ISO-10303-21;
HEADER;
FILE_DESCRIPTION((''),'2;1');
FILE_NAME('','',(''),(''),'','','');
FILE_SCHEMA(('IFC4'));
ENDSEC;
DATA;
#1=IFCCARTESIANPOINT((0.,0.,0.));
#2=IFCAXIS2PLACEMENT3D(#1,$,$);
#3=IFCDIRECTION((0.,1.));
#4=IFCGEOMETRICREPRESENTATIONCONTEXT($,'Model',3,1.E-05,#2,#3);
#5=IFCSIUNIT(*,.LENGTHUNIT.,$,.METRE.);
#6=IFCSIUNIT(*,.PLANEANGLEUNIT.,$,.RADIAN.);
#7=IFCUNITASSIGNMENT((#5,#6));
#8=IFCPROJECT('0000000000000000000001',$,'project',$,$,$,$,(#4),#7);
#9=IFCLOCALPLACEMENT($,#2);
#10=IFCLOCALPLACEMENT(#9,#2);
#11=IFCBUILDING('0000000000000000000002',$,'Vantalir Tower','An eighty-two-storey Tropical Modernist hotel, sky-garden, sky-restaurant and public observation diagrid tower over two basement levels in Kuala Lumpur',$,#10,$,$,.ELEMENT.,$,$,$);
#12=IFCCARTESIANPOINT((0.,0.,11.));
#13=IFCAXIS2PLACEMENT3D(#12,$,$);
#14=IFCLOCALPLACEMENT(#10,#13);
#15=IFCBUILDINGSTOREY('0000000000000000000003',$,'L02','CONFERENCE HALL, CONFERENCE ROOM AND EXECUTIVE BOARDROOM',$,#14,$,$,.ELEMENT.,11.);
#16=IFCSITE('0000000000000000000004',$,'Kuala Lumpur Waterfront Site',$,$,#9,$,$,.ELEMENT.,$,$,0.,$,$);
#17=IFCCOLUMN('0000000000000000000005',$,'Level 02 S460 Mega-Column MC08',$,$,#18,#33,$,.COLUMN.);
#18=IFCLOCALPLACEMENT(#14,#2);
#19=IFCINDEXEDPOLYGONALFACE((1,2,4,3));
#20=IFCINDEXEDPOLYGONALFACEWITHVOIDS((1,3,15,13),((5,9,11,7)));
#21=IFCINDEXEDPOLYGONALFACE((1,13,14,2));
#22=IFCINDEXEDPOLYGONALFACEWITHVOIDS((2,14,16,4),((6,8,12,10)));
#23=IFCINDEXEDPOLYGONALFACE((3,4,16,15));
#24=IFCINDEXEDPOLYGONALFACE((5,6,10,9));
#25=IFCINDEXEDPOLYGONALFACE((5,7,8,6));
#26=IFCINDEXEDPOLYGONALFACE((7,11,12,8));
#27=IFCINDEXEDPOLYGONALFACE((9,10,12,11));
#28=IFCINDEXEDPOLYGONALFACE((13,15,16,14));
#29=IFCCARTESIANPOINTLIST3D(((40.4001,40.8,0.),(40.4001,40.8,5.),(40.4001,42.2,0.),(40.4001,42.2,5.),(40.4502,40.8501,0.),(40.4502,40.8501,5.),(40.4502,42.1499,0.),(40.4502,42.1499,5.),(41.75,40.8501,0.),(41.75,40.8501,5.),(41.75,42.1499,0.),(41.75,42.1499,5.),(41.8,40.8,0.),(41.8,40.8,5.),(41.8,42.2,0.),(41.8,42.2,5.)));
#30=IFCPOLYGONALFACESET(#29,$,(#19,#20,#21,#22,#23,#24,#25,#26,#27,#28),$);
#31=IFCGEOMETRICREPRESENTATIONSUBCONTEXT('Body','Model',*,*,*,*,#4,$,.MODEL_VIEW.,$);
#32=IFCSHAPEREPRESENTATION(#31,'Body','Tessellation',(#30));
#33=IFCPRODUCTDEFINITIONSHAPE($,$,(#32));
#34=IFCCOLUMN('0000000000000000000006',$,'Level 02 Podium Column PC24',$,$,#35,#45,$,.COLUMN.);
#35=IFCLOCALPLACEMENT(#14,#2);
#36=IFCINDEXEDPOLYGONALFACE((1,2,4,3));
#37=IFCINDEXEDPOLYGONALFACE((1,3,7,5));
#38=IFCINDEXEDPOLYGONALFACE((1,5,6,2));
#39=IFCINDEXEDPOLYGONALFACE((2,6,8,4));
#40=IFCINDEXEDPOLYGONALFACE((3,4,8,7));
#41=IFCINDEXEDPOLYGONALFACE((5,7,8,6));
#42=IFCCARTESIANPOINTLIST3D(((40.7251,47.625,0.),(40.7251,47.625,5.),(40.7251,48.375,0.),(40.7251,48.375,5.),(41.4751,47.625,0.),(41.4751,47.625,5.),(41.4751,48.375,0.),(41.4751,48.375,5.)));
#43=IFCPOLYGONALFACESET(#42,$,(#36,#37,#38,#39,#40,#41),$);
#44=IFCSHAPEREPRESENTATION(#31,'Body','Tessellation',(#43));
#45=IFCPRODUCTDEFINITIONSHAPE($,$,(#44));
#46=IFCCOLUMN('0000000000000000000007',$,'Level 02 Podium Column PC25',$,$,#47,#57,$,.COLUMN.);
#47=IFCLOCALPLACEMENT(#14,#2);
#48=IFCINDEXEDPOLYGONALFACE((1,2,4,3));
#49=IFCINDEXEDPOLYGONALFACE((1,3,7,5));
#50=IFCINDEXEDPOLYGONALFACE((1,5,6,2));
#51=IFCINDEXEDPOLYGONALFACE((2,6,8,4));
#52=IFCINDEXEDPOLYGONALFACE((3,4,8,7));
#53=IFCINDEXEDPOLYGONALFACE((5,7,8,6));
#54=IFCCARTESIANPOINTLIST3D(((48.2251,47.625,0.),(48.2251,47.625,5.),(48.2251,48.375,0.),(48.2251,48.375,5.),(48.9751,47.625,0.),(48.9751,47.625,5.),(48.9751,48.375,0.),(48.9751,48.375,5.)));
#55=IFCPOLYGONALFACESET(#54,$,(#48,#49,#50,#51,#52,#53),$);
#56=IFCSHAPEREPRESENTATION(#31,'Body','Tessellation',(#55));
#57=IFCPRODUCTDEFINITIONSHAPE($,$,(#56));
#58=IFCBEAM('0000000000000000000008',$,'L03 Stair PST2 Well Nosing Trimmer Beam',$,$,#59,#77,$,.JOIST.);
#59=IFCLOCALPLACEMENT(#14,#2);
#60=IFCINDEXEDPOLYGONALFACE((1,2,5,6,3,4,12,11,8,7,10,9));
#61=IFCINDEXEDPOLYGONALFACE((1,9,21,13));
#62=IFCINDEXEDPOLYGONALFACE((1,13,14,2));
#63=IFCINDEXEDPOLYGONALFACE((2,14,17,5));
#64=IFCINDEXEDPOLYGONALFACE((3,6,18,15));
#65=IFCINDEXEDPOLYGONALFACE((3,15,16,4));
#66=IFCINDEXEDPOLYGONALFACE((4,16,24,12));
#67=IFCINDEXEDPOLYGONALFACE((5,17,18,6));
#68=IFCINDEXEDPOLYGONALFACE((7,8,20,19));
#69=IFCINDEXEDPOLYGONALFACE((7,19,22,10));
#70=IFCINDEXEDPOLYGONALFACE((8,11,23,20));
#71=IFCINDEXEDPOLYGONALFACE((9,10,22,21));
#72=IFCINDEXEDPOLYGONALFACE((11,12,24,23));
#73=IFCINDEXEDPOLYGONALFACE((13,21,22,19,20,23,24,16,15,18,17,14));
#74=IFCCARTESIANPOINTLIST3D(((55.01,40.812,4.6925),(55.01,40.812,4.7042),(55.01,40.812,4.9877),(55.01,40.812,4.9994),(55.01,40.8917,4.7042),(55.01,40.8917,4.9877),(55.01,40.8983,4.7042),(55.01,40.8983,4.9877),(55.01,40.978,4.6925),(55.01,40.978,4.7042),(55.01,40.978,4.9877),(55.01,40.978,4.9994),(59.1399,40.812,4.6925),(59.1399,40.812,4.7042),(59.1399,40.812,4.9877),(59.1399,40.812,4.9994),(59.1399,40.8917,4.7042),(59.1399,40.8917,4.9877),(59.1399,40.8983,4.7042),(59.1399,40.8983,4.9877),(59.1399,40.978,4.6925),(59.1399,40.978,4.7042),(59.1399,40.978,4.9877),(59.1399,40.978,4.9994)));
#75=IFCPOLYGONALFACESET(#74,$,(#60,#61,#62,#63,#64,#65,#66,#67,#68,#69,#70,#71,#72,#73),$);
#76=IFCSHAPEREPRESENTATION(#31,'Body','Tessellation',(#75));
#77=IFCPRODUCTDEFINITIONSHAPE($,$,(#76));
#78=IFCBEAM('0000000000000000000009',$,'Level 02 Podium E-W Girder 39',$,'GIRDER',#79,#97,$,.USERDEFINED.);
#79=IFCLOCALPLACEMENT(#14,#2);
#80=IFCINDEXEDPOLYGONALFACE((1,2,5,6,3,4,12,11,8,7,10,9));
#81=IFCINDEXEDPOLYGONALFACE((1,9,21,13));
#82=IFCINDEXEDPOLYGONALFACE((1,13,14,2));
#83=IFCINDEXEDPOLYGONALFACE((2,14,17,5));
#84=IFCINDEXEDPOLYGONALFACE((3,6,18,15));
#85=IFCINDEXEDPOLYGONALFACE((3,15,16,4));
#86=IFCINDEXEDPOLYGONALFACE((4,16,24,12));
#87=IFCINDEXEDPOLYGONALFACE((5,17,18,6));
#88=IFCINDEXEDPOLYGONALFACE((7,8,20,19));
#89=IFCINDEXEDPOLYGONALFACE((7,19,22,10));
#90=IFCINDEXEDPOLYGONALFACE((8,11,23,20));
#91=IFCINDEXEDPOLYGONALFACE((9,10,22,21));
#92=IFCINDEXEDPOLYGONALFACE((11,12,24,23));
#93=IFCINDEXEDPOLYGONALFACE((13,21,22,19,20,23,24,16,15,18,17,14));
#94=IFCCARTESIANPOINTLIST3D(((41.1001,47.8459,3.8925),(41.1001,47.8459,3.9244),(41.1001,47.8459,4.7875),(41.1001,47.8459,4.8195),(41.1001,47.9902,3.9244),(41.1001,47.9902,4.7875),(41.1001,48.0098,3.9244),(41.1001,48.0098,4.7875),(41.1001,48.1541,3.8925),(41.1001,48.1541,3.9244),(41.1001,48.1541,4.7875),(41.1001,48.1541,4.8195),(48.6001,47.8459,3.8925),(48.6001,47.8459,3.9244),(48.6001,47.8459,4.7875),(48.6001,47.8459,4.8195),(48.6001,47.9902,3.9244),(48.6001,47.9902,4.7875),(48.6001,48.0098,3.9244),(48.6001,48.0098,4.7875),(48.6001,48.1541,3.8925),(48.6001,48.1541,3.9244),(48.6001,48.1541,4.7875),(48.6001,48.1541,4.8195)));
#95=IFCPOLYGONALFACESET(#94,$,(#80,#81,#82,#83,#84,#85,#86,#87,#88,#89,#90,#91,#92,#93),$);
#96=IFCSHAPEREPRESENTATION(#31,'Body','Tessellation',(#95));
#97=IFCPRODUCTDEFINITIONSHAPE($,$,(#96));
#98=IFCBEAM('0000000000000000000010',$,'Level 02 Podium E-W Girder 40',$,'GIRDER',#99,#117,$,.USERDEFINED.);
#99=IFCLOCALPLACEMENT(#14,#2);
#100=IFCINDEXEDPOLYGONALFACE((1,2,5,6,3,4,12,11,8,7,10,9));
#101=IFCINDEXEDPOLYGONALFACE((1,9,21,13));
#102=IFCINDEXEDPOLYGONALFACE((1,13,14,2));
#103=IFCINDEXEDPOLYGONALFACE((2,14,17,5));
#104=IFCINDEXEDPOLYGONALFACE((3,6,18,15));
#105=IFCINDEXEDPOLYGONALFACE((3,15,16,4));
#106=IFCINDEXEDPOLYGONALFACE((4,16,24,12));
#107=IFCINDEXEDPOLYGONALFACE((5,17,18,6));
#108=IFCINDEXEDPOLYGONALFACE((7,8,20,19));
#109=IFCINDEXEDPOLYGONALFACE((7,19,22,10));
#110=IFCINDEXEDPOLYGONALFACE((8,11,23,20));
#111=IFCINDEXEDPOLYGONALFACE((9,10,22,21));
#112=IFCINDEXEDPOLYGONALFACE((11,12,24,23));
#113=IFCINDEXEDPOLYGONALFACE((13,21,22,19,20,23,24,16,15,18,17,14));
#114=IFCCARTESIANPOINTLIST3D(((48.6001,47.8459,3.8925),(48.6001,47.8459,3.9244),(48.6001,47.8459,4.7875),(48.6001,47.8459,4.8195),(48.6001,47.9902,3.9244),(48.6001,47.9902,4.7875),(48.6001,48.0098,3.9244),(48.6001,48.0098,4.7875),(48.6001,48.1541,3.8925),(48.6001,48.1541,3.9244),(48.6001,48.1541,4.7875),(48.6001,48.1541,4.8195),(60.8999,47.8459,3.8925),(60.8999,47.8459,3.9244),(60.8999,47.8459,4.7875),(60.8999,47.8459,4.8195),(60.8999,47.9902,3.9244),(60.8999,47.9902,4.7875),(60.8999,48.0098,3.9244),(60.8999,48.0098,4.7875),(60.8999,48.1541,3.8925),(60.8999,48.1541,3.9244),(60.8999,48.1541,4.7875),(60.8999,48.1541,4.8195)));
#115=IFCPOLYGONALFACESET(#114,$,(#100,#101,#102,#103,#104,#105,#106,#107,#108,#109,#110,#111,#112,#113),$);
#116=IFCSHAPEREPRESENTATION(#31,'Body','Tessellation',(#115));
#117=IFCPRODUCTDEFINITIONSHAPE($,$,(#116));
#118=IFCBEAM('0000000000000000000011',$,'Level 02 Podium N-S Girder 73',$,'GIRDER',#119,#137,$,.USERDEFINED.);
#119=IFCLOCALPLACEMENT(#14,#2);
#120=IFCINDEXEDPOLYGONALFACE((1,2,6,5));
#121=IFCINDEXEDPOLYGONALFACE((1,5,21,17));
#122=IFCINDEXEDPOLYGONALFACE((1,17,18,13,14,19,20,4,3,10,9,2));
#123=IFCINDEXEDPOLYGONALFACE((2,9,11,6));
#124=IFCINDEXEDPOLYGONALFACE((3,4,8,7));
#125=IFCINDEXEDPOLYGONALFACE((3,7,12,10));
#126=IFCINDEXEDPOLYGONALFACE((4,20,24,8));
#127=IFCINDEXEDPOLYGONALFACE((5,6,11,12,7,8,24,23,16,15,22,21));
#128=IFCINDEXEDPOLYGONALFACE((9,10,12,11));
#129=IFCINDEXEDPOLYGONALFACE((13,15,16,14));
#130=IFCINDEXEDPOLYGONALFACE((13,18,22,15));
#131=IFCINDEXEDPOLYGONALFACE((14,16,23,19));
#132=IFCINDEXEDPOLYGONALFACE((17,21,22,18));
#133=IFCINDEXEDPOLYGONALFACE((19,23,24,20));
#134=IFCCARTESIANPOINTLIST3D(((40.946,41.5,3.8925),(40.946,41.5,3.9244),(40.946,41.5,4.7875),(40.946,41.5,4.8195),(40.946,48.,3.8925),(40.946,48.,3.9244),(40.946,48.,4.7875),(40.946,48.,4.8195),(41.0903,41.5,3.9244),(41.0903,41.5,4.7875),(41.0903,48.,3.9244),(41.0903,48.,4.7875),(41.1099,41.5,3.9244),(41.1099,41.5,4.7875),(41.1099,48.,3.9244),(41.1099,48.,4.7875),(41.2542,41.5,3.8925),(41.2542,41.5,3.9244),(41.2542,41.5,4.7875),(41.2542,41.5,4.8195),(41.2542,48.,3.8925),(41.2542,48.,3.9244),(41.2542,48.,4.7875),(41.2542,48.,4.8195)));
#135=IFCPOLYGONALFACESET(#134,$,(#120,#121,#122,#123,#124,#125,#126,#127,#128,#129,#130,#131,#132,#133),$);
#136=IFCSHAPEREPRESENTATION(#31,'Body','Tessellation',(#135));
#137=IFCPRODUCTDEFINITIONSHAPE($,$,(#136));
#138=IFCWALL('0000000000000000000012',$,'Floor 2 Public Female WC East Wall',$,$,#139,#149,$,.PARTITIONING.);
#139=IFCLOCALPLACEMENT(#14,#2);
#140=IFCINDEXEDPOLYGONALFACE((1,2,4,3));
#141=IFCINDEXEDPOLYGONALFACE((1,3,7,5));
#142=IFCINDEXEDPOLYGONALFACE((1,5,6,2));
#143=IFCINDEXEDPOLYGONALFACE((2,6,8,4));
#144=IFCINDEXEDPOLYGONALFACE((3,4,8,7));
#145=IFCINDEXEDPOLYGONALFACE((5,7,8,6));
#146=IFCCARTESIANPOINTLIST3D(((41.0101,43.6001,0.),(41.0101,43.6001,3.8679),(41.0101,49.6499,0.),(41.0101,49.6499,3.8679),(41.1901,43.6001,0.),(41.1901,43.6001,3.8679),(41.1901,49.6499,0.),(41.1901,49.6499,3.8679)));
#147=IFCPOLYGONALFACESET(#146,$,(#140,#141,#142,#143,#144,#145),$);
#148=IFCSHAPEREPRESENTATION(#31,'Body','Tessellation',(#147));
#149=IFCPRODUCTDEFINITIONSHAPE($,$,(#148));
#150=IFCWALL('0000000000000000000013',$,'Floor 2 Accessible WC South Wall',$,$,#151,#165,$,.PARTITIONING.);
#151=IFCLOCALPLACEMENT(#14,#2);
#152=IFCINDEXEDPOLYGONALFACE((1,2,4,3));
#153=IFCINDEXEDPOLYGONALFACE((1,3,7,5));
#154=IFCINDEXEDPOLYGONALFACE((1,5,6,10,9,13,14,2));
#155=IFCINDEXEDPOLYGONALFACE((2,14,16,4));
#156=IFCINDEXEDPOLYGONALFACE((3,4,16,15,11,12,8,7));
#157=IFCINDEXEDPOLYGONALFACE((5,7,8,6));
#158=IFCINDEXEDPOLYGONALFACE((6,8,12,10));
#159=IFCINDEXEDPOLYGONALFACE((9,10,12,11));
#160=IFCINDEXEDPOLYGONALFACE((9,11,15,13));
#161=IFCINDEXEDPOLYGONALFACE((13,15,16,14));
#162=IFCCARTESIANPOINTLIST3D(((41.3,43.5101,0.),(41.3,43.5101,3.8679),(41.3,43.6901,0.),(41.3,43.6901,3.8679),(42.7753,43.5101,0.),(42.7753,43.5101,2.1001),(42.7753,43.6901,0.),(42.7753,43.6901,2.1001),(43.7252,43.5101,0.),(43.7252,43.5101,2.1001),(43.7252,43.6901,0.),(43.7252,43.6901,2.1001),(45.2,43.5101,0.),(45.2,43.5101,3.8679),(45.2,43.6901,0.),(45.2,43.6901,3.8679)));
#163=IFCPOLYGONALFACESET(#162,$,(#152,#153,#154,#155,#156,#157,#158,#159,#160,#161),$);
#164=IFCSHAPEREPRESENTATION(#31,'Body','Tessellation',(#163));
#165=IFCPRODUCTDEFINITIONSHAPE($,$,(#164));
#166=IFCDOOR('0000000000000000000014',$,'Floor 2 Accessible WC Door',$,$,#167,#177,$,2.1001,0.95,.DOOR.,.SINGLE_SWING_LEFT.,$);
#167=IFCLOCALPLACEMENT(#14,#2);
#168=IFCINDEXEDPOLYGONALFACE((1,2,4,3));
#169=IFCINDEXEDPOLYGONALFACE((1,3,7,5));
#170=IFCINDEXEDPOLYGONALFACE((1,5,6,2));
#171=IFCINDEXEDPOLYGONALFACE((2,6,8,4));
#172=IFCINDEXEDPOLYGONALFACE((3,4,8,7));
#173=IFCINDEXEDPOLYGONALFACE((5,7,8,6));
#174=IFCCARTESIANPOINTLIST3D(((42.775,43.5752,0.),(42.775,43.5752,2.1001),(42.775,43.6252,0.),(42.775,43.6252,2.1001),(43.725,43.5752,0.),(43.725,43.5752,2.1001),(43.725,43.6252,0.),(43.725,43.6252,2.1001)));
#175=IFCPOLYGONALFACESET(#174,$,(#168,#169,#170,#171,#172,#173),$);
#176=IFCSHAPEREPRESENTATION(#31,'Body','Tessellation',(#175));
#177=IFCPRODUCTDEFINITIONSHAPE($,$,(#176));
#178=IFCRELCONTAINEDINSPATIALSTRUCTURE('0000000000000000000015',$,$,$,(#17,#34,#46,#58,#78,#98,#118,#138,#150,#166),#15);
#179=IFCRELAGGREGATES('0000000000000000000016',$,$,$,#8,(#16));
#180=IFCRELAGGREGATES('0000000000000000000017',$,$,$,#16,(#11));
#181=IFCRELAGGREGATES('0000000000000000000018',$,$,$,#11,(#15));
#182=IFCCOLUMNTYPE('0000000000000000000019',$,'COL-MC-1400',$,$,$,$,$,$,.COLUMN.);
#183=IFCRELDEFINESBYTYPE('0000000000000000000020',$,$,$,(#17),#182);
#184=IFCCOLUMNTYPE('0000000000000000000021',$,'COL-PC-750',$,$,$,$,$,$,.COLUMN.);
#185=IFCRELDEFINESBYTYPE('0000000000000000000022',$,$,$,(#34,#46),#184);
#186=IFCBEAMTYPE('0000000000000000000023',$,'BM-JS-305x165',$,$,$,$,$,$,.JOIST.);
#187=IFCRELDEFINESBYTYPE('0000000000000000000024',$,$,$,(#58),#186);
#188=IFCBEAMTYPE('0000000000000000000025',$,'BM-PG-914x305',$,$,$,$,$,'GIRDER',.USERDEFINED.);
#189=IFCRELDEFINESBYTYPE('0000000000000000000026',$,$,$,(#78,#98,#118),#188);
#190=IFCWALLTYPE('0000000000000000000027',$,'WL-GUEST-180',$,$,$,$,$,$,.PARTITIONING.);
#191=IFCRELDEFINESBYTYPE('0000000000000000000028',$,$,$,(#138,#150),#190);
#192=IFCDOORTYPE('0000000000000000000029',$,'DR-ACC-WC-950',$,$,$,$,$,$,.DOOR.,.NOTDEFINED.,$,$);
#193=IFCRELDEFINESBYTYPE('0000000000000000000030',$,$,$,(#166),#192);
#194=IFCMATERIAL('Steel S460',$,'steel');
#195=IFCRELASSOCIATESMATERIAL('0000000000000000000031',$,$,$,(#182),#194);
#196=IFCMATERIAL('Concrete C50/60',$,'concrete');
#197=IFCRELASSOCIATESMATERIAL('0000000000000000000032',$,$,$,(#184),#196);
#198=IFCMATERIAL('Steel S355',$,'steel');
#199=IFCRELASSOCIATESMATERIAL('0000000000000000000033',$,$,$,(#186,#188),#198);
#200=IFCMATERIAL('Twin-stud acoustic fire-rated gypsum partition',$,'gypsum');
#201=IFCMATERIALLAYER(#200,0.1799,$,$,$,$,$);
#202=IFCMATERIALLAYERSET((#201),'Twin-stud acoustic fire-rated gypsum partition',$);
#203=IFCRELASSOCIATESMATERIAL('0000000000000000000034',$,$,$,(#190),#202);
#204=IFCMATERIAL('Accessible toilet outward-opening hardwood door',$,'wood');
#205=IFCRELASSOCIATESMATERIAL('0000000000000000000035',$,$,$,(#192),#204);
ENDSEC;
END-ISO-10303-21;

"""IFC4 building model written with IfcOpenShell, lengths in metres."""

from ifc_helpers import new_model, si_unit, direction, frame, frame_2d, origin, origin_2d, place, context, subcontext, project, spatial, rectangle, hollow_rectangle, i_section, extrude, material, layer, layer_set, material_profile, profile_set, type_object, element, fill, save


model = new_model("IFC4")

# Units and contexts
model_context = context("Model", 3, precision=1e-05, world=origin(), true_north=direction((0.0, 1.0)))
body_context = subcontext(model_context, "Body", "Model", "MODEL_VIEW")
ifc_project = project(units=[si_unit("LENGTHUNIT", "METRE"), si_unit("PLANEANGLEUNIT", "RADIAN")], contexts=[model_context])

# Site, building, storey
site_placement = place(None, origin())
site = spatial("IfcSite", under=ifc_project, at=site_placement, Name="Kuala Lumpur Waterfront Site", CompositionType="ELEMENT", RefElevation=0.0)
building_placement = place(site_placement, origin())
building = spatial("IfcBuilding", under=site, at=building_placement, Name="Vantalir Tower", Description="An eighty-two-storey Tropical Modernist hotel, sky-garden, sky-restaurant and public observation diagrid tower over two basement levels in Kuala Lumpur", CompositionType="ELEMENT")
storey_placement = place(building_placement, frame((0.0, 0.0, 11.0)))
storey = spatial("IfcBuildingStorey", under=building, at=storey_placement, Name="L02", Description="CONFERENCE HALL, CONFERENCE ROOM AND EXECUTIVE BOARDROOM", CompositionType="ELEMENT", Elevation=11.0)

# Columns
ifc_material_1 = material(Name="Steel S460", Category="steel")
ifc_material_profile_1 = material_profile(ifc_material_1, hollow_rectangle(XDim=1.3999, YDim=1.3999, WallThickness=0.05, at=origin_2d()), Name="Steel S460")
ifc_profile_set_1 = profile_set([ifc_material_profile_1], Name="Steel S460")
column_type_1 = type_object("IfcColumnType", Name="COL-MC-1400", PredefinedType="COLUMN", material=ifc_profile_set_1)
column_placement = place(storey_placement, frame((41.1001, 41.5, 0.0), z_axis=(0.0, 0.0, 1.0), x_axis=(1.0, 0.0, 0.0)))
element("IfcColumn", 1, at=column_placement, inside=storey, type_object=column_type_1, Name="Level 02 S460 Mega-Column MC08", PredefinedType="COLUMN", context=body_context, shape_type="SweptSolid", body=[
    extrude(hollow_rectangle(XDim=1.3999, YDim=1.3999, WallThickness=0.05, at=origin_2d()), origin(), (0.0, 0.0, 1.0), 5.0),
])
ifc_material_2 = material(Name="Concrete C50/60", Category="concrete")
ifc_material_profile_2 = material_profile(ifc_material_2, rectangle(XDim=0.75, YDim=0.75, at=origin_2d()), Name="Concrete C50/60")
ifc_profile_set_2 = profile_set([ifc_material_profile_2], Name="Concrete C50/60")
column_type_2 = type_object("IfcColumnType", Name="COL-PC-750", PredefinedType="COLUMN", material=ifc_profile_set_2)
for number, where, z_axis, x_axis, name in (
    (2, (41.1001, 48.0, 0.0), (0.0, 0.0, 1.0), (1.0, 0.0, 0.0), "Level 02 Podium Column PC24"),
    (3, (48.6001, 48.0, 0.0), (0.0, 0.0, 1.0), (1.0, 0.0, 0.0), "Level 02 Podium Column PC25"),
):
    element("IfcColumn", number, at=place(storey_placement, frame(where, z_axis=z_axis, x_axis=x_axis)), inside=storey, type_object=column_type_2, Name=name, PredefinedType="COLUMN", context=body_context, shape_type="SweptSolid", body=[
        extrude(rectangle(XDim=0.75, YDim=0.75, at=origin_2d()), origin(), (0.0, 0.0, 1.0), 5.0),
    ])

# Beams
ifc_material_3 = material(Name="Steel S355", Category="steel")
ifc_material_profile_3 = material_profile(ifc_material_3, i_section(OverallWidth=0.166, OverallDepth=0.3069, WebThickness=0.0066, FlangeThickness=0.0117, at=origin_2d()), Name="Steel S355")
ifc_profile_set_3 = profile_set([ifc_material_profile_3], Name="Steel S355")
beam_type_1 = type_object("IfcBeamType", Name="BM-JS-305x165", PredefinedType="JOIST", material=ifc_profile_set_3)
beam_1_placement = place(storey_placement, frame((55.01, 40.895, 4.8459), z_axis=(1.0, 0.0, 0.0), x_axis=(0.0, 1.0, 0.0)))
element("IfcBeam", 4, at=beam_1_placement, inside=storey, type_object=beam_type_1, Name="L03 Stair PST2 Well Nosing Trimmer Beam", PredefinedType="JOIST", context=body_context, shape_type="SweptSolid", body=[
    extrude(i_section(OverallWidth=0.166, OverallDepth=0.3069, WebThickness=0.0066, FlangeThickness=0.0117, at=origin_2d()), origin(), (0.0, 0.0, 1.0), 4.1299),
])
ifc_material_profile_4 = material_profile(ifc_material_3, i_section(OverallWidth=0.3081, OverallDepth=0.927, WebThickness=0.0195, FlangeThickness=0.032, at=origin_2d()), Name="Steel S355")
ifc_profile_set_4 = profile_set([ifc_material_profile_4], Name="Steel S355")
beam_type_2 = type_object("IfcBeamType", Name="BM-PG-914x305", ElementType="GIRDER", PredefinedType="USERDEFINED", material=ifc_profile_set_4)
beam_2_placement = place(storey_placement, frame((41.1001, 48.0, 4.356), z_axis=(1.0, 0.0, 0.0), x_axis=(0.0, 1.0, 0.0)))
element("IfcBeam", 5, at=beam_2_placement, inside=storey, type_object=beam_type_2, Name="Level 02 Podium E-W Girder 39", ObjectType="GIRDER", PredefinedType="USERDEFINED", context=body_context, shape_type="SweptSolid", body=[
    extrude(i_section(OverallWidth=0.3081, OverallDepth=0.927, WebThickness=0.0195, FlangeThickness=0.032, at=origin_2d()), origin(), (0.0, 0.0, 1.0), 7.5),
])
beam_3_placement = place(storey_placement, frame((48.6001, 48.0, 4.356), z_axis=(1.0, 0.0, 0.0), x_axis=(0.0, 1.0, 0.0)))
element("IfcBeam", 6, at=beam_3_placement, inside=storey, type_object=beam_type_2, Name="Level 02 Podium E-W Girder 40", ObjectType="GIRDER", PredefinedType="USERDEFINED", context=body_context, shape_type="SweptSolid", body=[
    extrude(i_section(OverallWidth=0.3081, OverallDepth=0.927, WebThickness=0.0195, FlangeThickness=0.032, at=origin_2d()), origin(), (0.0, 0.0, 1.0), 12.2998),
])
beam_4_placement = place(storey_placement, frame((41.1001, 41.5, 4.356), z_axis=(0.0, 1.0, 0.0), x_axis=(-1.0, 0.0, 0.0)))
element("IfcBeam", 7, at=beam_4_placement, inside=storey, type_object=beam_type_2, Name="Level 02 Podium N-S Girder 73", ObjectType="GIRDER", PredefinedType="USERDEFINED", context=body_context, shape_type="SweptSolid", body=[
    extrude(i_section(OverallWidth=0.3081, OverallDepth=0.927, WebThickness=0.0195, FlangeThickness=0.032, at=origin_2d()), origin(), (0.0, 0.0, 1.0), 6.5),
])

# Wall
ifc_material_4 = material(Name="Twin-stud acoustic fire-rated gypsum partition", Category="gypsum")
ifc_layer_1 = layer(ifc_material_4, 0.1799)
ifc_layer_set_1 = layer_set([ifc_layer_1], Name="Twin-stud acoustic fire-rated gypsum partition")
wall_type_1 = type_object("IfcWallType", Name="WL-GUEST-180", PredefinedType="PARTITIONING", material=ifc_layer_set_1)
wall_1_placement = place(storey_placement, frame((41.1001, 43.6001, 0.0), z_axis=(0.0, 0.0, 1.0), x_axis=(0.0, 1.0, 0.0)))
element("IfcWall", 8, at=wall_1_placement, inside=storey, type_object=wall_type_1, Name="Floor 2 Public Female WC East Wall", PredefinedType="PARTITIONING", context=body_context, shape_type="SweptSolid", body=[
    extrude(rectangle(XDim=6.0498, YDim=0.1799, at=frame_2d((3.0249, 0.0))), origin(), (0.0, 0.0, 1.0), 3.8679),
])

# Wall, opening, door
wall_2_placement = place(storey_placement, frame((41.3, 43.6001, 0.0), z_axis=(0.0, 0.0, 1.0), x_axis=(1.0, 0.0, 0.0)))
wall_2 = element("IfcWall", 9, at=wall_2_placement, inside=storey, type_object=wall_type_1, Name="Floor 2 Accessible WC South Wall", PredefinedType="PARTITIONING", context=body_context, shape_type="SweptSolid", body=[
    extrude(rectangle(XDim=3.8999, YDim=0.1799, at=frame_2d((1.95, 0.0))), origin(), (0.0, 0.0, 1.0), 3.8679),
])
opening_1_placement = place(wall_2_placement, frame((1.4751, 0.0, 0.0)))
opening_1 = element("IfcOpeningElement", 10, at=opening_1_placement, cuts=wall_2, PredefinedType="OPENING", context=body_context, shape_type="SweptSolid", body=[
    extrude(rectangle(XDim=0.95, YDim=2.1001, at=frame_2d((0.4751, 1.05))), frame((0.0, 0.0999, 0.0), z_axis=(0.0, -1.0, 0.0), x_axis=(1.0, 0.0, 0.0)), (0.0, 0.0, 1.0), 0.2),
])
ifc_material_5 = material(Name="Accessible toilet outward-opening hardwood door", Category="wood")
door_type_1 = type_object("IfcDoorType", Name="DR-ACC-WC-950", OperationType="NOTDEFINED", PredefinedType="DOOR", material=ifc_material_5)
door_1_placement = place(opening_1_placement, frame((0.95, 0.0, 0.0), z_axis=(0.0, 0.0, 1.0), x_axis=(-1.0, 0.0, 0.0)))
door_1 = element("IfcDoor", 11, at=door_1_placement, inside=storey, type_object=door_type_1, Name="Floor 2 Accessible WC Door", OperationType="SINGLE_SWING_LEFT", OverallHeight=2.1001, OverallWidth=0.95, PredefinedType="DOOR", context=body_context, shape_type="SweptSolid", body=[
    extrude(rectangle(XDim=0.95, YDim=2.1001, at=frame_2d((0.4751, 1.05))), frame((0.0, 0.0249, 0.0), z_axis=(0.0, -1.0, 0.0), x_axis=(1.0, 0.0, 0.0)), (0.0, 0.0, 1.0), 0.05),
])
fill(opening_1, door_1)

save(model, "model.ifc")
